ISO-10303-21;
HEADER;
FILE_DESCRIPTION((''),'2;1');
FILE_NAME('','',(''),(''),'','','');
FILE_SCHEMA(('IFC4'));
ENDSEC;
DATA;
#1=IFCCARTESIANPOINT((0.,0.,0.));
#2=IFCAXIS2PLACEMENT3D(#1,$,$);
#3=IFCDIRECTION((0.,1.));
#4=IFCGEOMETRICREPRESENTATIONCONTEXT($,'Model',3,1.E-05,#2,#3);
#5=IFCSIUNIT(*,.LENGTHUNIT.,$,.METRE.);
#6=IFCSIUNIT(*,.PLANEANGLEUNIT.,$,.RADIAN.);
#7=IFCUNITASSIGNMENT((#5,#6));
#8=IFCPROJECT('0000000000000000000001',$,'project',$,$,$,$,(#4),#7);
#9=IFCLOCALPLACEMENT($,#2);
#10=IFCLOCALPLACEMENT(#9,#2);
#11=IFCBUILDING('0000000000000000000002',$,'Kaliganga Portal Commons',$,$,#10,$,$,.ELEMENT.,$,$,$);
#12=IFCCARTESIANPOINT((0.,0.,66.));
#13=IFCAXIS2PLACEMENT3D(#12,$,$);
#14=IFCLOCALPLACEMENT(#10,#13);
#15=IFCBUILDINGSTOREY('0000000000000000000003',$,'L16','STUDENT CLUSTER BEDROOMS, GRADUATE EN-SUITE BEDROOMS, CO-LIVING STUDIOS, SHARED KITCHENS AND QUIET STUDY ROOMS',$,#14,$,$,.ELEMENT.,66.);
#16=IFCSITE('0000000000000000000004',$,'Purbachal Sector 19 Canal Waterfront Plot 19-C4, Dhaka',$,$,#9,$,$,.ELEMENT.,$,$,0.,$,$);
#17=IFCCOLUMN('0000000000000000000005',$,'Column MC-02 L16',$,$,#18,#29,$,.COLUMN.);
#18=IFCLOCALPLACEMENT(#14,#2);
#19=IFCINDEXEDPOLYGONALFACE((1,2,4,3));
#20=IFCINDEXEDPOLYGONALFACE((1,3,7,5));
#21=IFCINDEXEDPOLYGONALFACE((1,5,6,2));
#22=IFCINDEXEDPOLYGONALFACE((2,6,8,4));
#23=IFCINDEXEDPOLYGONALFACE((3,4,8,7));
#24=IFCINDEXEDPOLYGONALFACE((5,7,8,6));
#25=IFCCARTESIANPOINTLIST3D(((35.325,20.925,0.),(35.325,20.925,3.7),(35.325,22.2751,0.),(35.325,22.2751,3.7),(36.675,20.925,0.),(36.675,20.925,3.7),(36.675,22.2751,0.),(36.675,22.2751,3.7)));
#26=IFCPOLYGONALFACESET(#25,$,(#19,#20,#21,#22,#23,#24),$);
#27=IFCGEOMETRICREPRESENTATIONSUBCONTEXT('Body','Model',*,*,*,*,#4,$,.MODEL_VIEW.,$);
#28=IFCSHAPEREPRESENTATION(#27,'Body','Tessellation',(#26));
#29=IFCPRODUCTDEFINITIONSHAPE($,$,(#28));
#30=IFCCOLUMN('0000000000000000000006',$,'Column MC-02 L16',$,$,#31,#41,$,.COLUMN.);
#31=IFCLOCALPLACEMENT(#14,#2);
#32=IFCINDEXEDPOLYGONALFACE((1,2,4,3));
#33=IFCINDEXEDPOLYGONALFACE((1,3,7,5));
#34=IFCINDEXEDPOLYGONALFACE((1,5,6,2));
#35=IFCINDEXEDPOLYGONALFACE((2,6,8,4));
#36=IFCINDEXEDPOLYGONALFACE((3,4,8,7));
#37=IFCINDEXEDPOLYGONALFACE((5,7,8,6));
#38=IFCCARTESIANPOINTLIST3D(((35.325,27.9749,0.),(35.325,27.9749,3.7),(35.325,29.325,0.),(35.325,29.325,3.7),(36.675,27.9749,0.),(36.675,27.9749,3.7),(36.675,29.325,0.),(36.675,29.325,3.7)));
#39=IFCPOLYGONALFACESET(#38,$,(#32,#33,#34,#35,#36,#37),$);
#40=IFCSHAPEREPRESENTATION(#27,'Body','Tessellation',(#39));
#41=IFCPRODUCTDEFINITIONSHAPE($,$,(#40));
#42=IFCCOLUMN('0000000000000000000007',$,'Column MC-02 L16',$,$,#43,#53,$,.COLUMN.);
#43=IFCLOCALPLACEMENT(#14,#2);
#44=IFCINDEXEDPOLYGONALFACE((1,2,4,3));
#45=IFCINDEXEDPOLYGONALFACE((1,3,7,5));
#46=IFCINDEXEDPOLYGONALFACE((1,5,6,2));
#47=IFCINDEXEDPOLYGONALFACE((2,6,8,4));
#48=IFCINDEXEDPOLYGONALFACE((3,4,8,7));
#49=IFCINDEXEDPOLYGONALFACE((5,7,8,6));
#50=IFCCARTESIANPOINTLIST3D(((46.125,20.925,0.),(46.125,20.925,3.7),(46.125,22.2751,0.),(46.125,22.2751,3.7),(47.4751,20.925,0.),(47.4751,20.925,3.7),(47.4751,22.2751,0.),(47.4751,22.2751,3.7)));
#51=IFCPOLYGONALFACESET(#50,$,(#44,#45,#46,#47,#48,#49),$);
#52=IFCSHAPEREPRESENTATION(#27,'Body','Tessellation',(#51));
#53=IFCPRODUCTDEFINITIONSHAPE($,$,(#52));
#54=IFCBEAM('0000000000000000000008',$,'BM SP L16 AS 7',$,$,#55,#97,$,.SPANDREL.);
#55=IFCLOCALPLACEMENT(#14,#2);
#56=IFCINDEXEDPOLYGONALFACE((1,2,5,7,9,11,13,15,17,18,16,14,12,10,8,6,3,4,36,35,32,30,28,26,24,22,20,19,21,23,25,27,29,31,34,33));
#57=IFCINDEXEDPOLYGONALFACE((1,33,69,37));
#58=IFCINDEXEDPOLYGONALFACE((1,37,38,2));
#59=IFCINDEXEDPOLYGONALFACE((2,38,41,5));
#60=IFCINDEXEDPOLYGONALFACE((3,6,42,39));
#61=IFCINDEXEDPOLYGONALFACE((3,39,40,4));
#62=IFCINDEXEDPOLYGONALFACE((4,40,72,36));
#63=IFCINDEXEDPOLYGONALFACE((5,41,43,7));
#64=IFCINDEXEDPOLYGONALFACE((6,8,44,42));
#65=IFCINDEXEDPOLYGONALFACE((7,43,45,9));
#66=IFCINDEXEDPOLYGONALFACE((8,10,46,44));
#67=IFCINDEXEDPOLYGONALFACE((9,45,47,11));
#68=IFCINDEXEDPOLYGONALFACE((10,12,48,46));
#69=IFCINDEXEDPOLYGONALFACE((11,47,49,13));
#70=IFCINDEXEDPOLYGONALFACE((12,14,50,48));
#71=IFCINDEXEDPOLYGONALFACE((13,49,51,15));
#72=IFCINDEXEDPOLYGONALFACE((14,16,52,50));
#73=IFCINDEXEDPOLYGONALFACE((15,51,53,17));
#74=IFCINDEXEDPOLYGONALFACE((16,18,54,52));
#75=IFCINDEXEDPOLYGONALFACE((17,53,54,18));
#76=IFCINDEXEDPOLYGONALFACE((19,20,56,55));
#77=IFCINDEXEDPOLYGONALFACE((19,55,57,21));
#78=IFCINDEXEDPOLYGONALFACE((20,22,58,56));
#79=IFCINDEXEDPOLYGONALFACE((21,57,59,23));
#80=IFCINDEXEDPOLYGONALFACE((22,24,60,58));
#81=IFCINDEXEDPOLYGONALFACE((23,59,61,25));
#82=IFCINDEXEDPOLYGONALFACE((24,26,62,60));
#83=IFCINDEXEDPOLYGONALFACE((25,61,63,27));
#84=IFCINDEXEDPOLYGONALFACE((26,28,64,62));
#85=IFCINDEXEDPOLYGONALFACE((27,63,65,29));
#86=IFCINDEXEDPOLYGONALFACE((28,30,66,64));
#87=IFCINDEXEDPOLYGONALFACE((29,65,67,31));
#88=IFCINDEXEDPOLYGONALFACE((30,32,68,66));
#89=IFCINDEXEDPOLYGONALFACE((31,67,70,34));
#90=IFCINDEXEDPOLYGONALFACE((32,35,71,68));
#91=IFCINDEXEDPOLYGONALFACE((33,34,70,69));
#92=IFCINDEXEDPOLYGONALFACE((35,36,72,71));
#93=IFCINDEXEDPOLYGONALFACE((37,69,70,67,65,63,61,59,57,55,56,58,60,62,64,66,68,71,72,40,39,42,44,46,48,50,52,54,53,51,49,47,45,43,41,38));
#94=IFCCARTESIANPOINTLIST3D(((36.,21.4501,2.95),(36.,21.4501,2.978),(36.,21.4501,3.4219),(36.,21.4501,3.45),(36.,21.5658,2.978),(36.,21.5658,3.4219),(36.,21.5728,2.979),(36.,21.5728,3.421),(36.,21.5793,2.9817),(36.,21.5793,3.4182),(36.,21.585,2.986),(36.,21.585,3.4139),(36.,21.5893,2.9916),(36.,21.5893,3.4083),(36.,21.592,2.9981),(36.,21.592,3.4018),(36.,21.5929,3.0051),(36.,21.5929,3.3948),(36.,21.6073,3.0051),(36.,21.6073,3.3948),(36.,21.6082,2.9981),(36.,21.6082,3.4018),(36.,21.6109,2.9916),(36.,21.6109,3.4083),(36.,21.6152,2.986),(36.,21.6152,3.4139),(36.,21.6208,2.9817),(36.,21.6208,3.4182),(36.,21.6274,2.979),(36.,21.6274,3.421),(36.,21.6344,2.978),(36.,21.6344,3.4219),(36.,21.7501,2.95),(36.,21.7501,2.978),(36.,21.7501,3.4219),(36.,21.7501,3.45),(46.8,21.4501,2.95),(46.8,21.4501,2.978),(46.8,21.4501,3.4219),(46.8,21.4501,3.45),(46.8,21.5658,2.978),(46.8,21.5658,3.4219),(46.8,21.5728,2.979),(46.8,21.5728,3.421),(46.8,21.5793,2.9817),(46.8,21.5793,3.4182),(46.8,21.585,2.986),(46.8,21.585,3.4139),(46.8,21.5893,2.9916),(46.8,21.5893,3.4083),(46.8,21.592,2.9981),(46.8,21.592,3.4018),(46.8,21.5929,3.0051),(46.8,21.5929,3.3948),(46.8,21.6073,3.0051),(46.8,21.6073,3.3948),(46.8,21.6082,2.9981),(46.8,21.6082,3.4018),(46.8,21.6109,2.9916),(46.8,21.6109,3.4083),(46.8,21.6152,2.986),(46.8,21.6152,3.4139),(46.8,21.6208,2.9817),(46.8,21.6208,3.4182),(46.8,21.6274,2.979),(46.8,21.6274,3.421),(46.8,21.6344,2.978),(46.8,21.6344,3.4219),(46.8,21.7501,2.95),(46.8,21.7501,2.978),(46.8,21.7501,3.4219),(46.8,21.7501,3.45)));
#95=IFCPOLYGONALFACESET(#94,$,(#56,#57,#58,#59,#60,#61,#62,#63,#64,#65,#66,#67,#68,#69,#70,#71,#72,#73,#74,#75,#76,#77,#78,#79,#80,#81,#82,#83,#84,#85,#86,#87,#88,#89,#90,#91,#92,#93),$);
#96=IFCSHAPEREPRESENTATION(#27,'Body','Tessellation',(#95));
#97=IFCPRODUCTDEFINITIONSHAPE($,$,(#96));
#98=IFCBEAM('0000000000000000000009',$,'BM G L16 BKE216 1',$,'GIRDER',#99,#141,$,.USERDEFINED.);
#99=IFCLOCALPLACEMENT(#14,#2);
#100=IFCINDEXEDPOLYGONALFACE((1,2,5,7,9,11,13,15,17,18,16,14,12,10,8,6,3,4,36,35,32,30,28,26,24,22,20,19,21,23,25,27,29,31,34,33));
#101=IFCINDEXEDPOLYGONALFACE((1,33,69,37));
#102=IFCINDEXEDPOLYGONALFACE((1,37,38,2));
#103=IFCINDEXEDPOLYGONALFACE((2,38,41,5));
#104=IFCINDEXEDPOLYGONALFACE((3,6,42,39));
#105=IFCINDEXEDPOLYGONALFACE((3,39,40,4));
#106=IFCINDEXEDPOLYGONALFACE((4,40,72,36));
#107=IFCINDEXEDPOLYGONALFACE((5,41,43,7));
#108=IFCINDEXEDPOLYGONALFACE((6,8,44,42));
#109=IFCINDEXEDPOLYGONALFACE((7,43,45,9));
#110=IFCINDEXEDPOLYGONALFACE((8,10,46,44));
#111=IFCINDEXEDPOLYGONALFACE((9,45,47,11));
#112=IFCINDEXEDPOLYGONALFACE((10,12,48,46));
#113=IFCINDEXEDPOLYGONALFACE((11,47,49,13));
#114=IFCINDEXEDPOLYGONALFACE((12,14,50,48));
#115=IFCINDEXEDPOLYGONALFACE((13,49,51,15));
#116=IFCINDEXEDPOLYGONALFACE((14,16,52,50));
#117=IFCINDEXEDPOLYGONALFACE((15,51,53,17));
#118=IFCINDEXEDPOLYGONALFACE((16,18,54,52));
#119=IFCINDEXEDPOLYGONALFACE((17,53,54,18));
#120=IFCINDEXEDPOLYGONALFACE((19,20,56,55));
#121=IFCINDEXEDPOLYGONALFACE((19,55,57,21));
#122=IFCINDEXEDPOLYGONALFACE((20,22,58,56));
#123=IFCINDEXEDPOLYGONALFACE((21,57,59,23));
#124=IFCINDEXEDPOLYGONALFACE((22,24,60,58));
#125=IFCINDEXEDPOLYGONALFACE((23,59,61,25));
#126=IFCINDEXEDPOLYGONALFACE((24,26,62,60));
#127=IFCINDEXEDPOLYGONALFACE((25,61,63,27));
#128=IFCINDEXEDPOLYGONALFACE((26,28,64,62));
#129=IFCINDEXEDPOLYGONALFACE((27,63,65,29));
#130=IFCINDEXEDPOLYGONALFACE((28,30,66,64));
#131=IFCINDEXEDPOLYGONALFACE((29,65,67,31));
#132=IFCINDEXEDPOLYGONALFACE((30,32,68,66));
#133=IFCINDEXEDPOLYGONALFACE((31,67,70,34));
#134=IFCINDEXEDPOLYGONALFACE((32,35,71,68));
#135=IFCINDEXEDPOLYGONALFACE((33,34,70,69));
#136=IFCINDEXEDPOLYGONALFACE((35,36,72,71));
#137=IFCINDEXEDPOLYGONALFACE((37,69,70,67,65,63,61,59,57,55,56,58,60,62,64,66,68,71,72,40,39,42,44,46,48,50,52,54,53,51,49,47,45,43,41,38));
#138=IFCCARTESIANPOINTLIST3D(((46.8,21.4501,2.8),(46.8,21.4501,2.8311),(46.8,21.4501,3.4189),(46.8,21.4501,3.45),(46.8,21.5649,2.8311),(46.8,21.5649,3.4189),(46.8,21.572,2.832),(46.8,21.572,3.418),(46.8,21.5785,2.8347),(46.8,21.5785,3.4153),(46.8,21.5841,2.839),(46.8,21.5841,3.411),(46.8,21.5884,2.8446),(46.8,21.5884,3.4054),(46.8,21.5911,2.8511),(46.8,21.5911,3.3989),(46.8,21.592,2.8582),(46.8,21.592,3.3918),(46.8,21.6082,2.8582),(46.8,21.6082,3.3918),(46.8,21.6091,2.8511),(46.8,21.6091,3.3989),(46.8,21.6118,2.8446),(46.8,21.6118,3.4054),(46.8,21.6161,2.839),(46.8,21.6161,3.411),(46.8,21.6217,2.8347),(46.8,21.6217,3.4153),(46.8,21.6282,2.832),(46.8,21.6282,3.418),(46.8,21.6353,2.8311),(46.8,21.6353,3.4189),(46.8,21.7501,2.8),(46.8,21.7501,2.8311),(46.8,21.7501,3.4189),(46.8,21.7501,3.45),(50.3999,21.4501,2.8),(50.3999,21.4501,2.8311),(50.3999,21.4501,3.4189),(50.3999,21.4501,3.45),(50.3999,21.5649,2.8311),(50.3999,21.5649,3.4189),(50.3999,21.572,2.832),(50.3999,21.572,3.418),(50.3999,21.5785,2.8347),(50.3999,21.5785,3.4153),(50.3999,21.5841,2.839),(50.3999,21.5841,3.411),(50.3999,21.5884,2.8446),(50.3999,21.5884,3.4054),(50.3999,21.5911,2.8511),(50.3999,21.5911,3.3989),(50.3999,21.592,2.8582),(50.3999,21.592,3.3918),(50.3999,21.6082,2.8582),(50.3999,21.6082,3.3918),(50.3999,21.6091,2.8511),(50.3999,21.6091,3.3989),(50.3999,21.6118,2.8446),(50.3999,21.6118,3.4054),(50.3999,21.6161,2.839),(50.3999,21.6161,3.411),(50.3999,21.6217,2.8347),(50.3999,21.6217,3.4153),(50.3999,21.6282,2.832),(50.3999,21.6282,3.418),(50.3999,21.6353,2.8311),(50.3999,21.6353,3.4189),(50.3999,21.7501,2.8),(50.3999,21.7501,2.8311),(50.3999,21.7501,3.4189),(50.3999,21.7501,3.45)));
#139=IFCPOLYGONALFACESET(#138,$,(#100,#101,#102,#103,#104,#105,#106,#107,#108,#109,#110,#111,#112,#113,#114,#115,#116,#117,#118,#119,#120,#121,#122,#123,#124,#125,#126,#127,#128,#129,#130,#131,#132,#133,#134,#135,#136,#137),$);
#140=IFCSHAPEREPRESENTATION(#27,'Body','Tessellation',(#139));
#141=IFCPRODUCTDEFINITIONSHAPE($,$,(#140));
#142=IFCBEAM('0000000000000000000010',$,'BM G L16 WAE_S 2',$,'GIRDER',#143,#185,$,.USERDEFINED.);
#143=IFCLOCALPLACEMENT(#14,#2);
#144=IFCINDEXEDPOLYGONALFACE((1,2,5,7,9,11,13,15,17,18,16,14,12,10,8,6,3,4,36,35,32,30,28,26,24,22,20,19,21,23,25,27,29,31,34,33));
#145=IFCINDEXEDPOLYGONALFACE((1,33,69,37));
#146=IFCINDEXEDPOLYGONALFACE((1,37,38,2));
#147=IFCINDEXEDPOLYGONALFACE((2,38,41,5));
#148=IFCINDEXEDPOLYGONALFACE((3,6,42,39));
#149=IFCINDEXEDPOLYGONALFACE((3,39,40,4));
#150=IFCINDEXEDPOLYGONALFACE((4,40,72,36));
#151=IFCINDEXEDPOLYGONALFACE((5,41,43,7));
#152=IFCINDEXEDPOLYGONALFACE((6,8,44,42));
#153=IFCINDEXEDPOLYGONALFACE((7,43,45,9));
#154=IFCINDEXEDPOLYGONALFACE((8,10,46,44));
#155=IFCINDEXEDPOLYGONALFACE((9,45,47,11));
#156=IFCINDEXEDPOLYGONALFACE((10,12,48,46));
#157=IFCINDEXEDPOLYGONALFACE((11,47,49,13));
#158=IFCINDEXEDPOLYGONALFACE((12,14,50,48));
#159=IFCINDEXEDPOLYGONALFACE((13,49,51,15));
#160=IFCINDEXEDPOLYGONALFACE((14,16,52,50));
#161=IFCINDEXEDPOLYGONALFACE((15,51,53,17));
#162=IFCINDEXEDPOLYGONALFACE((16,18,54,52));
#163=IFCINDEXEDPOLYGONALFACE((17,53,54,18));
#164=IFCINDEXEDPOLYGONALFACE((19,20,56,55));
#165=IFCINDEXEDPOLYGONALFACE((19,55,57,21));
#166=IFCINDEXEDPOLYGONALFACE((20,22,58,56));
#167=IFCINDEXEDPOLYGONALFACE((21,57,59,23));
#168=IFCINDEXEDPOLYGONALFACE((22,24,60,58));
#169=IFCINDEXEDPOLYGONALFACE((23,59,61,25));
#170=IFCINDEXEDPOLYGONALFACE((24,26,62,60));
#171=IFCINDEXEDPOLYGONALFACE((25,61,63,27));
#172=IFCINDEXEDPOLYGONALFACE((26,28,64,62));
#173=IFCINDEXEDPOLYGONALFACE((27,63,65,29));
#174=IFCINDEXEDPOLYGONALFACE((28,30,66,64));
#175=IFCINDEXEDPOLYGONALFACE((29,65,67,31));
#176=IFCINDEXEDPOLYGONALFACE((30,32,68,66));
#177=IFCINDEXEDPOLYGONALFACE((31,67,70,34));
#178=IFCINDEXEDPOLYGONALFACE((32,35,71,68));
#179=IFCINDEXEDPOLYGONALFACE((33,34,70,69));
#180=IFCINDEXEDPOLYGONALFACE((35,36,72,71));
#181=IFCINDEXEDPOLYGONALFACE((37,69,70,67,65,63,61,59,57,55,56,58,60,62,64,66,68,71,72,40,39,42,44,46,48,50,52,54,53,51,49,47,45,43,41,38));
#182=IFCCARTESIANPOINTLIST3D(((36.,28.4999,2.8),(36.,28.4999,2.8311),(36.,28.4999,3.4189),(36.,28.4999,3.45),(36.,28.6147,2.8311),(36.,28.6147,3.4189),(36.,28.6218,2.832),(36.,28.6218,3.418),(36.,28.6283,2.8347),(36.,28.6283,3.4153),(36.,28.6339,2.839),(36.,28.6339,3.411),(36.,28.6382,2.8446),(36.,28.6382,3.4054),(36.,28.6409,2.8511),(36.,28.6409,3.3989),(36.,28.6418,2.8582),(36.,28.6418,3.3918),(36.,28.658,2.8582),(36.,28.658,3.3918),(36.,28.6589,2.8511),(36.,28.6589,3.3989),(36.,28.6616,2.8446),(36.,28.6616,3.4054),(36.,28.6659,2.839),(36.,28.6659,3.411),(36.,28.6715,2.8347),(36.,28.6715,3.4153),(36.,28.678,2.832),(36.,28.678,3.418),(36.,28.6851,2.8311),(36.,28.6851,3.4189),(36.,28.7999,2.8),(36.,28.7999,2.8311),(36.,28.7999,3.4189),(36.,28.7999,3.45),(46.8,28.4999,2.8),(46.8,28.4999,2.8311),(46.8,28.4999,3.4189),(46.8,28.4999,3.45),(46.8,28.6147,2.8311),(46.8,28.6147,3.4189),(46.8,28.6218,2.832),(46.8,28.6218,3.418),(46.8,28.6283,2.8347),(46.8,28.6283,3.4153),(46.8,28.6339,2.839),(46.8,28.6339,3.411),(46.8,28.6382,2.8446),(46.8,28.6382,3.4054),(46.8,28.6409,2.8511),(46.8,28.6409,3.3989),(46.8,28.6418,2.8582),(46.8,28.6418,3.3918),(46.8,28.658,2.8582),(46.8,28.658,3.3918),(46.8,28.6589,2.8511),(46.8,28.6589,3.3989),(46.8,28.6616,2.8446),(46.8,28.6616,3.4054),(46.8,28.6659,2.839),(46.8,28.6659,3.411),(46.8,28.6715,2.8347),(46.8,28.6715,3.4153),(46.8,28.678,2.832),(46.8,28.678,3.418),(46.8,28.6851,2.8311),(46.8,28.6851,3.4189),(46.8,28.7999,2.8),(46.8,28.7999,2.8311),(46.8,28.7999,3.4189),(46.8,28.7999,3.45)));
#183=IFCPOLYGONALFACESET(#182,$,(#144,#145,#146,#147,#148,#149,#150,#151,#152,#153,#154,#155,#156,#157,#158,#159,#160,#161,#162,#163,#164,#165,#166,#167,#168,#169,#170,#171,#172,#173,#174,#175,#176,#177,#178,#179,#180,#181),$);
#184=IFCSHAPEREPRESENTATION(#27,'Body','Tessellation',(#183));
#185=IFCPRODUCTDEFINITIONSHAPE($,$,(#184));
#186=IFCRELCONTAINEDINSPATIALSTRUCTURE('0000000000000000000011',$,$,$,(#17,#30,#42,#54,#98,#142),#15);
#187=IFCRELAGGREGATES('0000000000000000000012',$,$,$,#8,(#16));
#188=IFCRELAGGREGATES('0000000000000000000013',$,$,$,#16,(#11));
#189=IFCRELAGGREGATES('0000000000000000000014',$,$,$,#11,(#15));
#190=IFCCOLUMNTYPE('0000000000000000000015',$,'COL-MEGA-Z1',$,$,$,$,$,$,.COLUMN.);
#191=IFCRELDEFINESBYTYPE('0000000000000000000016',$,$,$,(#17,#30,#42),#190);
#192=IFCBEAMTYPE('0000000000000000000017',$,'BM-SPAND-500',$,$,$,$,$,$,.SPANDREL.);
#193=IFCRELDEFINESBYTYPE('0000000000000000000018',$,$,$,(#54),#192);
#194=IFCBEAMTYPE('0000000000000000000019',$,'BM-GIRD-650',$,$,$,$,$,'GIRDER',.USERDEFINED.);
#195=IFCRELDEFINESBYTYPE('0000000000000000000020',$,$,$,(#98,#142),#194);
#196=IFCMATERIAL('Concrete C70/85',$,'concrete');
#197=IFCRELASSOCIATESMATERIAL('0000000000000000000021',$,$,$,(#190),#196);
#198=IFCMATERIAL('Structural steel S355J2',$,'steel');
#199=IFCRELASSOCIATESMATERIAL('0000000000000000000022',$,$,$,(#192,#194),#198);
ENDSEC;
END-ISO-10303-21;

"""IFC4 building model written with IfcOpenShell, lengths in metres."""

from ifc_helpers import new_model, si_unit, direction, frame, origin, origin_2d, place, context, subcontext, project, spatial, rectangle, i_section, extrude, source, transform, mapped, material, material_profile, profile_set, type_object, element, save


model = new_model("IFC4")

# Units and contexts
model_context = context("Model", 3, precision=1e-05, world=origin(), true_north=direction((0.0, 1.0)))
body_context = subcontext(model_context, "Body", "Model", "MODEL_VIEW")
ifc_project = project(units=[si_unit("LENGTHUNIT", "METRE"), si_unit("PLANEANGLEUNIT", "RADIAN")], contexts=[model_context])

# Site, building, storey
site_placement = place(None, origin())
site = spatial("IfcSite", under=ifc_project, at=site_placement, Name="Purbachal Sector 19 Canal Waterfront Plot 19-C4, Dhaka", CompositionType="ELEMENT", RefElevation=0.0)
building_placement = place(site_placement, origin())
building = spatial("IfcBuilding", under=site, at=building_placement, Name="Kaliganga Portal Commons", CompositionType="ELEMENT")
storey_placement = place(building_placement, frame((0.0, 0.0, 66.0)))
storey = spatial("IfcBuildingStorey", under=building, at=storey_placement, Name="L16", Description="STUDENT CLUSTER BEDROOMS, GRADUATE EN-SUITE BEDROOMS, CO-LIVING STUDIOS, SHARED KITCHENS AND QUIET STUDY ROOMS", CompositionType="ELEMENT", Elevation=66.0)

# Columns
ifc_material_1 = material(Name="Concrete C70/85", Category="concrete")
ifc_material_profile_1 = material_profile(ifc_material_1, rectangle(XDim=1.3501, YDim=1.3501, at=origin_2d()), Name="RC 1350x1350")
ifc_profile_set_1 = profile_set([ifc_material_profile_1], Name="Concrete C70/85")
column_type = type_object("IfcColumnType", Name="COL-MEGA-Z1", PredefinedType="COLUMN", material=ifc_profile_set_1)
shared_shape_1 = source(origin(), body_context, "Body", "SweptSolid", [
    extrude(rectangle(XDim=1.3501, YDim=1.3501, at=origin_2d()), origin(), (0.0, 0.0, 1.0), 3.7),
])
for number, where, z_axis, x_axis, name in (
    (1, (36.0, 21.6001, 0.0), (0.0, 0.0, 1.0), (1.0, 0.0, 0.0), "Column MC-02 L16"),
    (2, (36.0, 28.6499, 0.0), (0.0, 0.0, 1.0), (1.0, 0.0, 0.0), "Column MC-02 L16"),
    (3, (46.8, 21.6001, 0.0), (0.0, 0.0, 1.0), (1.0, 0.0, 0.0), "Column MC-02 L16"),
):
    element("IfcColumn", number, at=place(storey_placement, frame(where, z_axis=z_axis, x_axis=x_axis)), inside=storey, type_object=column_type, Name=name, PredefinedType="COLUMN", context=body_context, shape_type="MappedRepresentation", body=[
        mapped(shared_shape_1, transform((0.0, 0.0, 0.0), x_axis=(1.0, 0.0, 0.0), y_axis=(0.0, 1.0, 0.0), z_axis=(0.0, 0.0, 1.0), scale=1.0)),
    ])

# Beams
ifc_material_2 = material(Name="Structural steel S355J2", Category="steel")
ifc_material_profile_2 = material_profile(ifc_material_2, i_section(OverallWidth=0.3, OverallDepth=0.5, WebThickness=0.0144, FlangeThickness=0.0281, FilletRadius=0.0271, at=origin_2d()), Name="HE 500 B")
ifc_profile_set_2 = profile_set([ifc_material_profile_2], Name="Structural steel S355J2 wide-flange")
beam_type_1 = type_object("IfcBeamType", Name="BM-SPAND-500", PredefinedType="SPANDREL", material=ifc_profile_set_2)
shared_shape_2 = source(origin(), body_context, "Body", "SweptSolid", [
    extrude(i_section(OverallWidth=0.3, OverallDepth=0.5, WebThickness=0.0144, FlangeThickness=0.0281, FilletRadius=0.0271, at=origin_2d()), origin(), (0.0, 0.0, 1.0), 10.8),
])
beam_1_placement = place(storey_placement, frame((36.0, 21.6001, 3.2), z_axis=(1.0, 0.0, 0.0), x_axis=(0.0, 1.0, 0.0)))
element("IfcBeam", 4, at=beam_1_placement, inside=storey, type_object=beam_type_1, Name="BM SP L16 AS 7", PredefinedType="SPANDREL", context=body_context, shape_type="MappedRepresentation", body=[
    mapped(shared_shape_2, transform((0.0, 0.0, 0.0), x_axis=(1.0, 0.0, 0.0), y_axis=(0.0, 1.0, 0.0), z_axis=(0.0, 0.0, 1.0), scale=1.0)),
])
ifc_material_profile_3 = material_profile(ifc_material_2, i_section(OverallWidth=0.3, OverallDepth=0.6499, WebThickness=0.0161, FlangeThickness=0.031, FilletRadius=0.0271, at=origin_2d()), Name="HE 650 B")
ifc_profile_set_3 = profile_set([ifc_material_profile_3], Name="Structural steel S355J2 wide-flange")
beam_type_2 = type_object("IfcBeamType", Name="BM-GIRD-650", ElementType="GIRDER", PredefinedType="USERDEFINED", material=ifc_profile_set_3)
shared_shape_3 = source(origin(), body_context, "Body", "SweptSolid", [
    extrude(i_section(OverallWidth=0.3, OverallDepth=0.6499, WebThickness=0.0161, FlangeThickness=0.031, FilletRadius=0.0271, at=origin_2d()), origin(), (0.0, 0.0, 1.0), 3.5999),
])
beam_2_placement = place(storey_placement, frame((46.8, 21.6001, 3.125), z_axis=(1.0, 0.0, 0.0), x_axis=(0.0, 1.0, 0.0)))
element("IfcBeam", 5, at=beam_2_placement, inside=storey, type_object=beam_type_2, Name="BM G L16 BKE216 1", ObjectType="GIRDER", PredefinedType="USERDEFINED", context=body_context, shape_type="MappedRepresentation", body=[
    mapped(shared_shape_3, transform((0.0, 0.0, 0.0), x_axis=(1.0, 0.0, 0.0), y_axis=(0.0, 1.0, 0.0), z_axis=(0.0, 0.0, 1.0), scale=1.0)),
])
shared_shape_4 = source(origin(), body_context, "Body", "SweptSolid", [
    extrude(i_section(OverallWidth=0.3, OverallDepth=0.6499, WebThickness=0.0161, FlangeThickness=0.031, FilletRadius=0.0271, at=origin_2d()), origin(), (0.0, 0.0, 1.0), 10.8),
])
beam_3_placement = place(storey_placement, frame((36.0, 28.6499, 3.125), z_axis=(1.0, 0.0, 0.0), x_axis=(0.0, 1.0, 0.0)))
element("IfcBeam", 6, at=beam_3_placement, inside=storey, type_object=beam_type_2, Name="BM G L16 WAE_S 2", ObjectType="GIRDER", PredefinedType="USERDEFINED", context=body_context, shape_type="MappedRepresentation", body=[
    mapped(shared_shape_4, transform((0.0, 0.0, 0.0), x_axis=(1.0, 0.0, 0.0), y_axis=(0.0, 1.0, 0.0), z_axis=(0.0, 0.0, 1.0), scale=1.0)),
])

save(model, "model.ifc")
